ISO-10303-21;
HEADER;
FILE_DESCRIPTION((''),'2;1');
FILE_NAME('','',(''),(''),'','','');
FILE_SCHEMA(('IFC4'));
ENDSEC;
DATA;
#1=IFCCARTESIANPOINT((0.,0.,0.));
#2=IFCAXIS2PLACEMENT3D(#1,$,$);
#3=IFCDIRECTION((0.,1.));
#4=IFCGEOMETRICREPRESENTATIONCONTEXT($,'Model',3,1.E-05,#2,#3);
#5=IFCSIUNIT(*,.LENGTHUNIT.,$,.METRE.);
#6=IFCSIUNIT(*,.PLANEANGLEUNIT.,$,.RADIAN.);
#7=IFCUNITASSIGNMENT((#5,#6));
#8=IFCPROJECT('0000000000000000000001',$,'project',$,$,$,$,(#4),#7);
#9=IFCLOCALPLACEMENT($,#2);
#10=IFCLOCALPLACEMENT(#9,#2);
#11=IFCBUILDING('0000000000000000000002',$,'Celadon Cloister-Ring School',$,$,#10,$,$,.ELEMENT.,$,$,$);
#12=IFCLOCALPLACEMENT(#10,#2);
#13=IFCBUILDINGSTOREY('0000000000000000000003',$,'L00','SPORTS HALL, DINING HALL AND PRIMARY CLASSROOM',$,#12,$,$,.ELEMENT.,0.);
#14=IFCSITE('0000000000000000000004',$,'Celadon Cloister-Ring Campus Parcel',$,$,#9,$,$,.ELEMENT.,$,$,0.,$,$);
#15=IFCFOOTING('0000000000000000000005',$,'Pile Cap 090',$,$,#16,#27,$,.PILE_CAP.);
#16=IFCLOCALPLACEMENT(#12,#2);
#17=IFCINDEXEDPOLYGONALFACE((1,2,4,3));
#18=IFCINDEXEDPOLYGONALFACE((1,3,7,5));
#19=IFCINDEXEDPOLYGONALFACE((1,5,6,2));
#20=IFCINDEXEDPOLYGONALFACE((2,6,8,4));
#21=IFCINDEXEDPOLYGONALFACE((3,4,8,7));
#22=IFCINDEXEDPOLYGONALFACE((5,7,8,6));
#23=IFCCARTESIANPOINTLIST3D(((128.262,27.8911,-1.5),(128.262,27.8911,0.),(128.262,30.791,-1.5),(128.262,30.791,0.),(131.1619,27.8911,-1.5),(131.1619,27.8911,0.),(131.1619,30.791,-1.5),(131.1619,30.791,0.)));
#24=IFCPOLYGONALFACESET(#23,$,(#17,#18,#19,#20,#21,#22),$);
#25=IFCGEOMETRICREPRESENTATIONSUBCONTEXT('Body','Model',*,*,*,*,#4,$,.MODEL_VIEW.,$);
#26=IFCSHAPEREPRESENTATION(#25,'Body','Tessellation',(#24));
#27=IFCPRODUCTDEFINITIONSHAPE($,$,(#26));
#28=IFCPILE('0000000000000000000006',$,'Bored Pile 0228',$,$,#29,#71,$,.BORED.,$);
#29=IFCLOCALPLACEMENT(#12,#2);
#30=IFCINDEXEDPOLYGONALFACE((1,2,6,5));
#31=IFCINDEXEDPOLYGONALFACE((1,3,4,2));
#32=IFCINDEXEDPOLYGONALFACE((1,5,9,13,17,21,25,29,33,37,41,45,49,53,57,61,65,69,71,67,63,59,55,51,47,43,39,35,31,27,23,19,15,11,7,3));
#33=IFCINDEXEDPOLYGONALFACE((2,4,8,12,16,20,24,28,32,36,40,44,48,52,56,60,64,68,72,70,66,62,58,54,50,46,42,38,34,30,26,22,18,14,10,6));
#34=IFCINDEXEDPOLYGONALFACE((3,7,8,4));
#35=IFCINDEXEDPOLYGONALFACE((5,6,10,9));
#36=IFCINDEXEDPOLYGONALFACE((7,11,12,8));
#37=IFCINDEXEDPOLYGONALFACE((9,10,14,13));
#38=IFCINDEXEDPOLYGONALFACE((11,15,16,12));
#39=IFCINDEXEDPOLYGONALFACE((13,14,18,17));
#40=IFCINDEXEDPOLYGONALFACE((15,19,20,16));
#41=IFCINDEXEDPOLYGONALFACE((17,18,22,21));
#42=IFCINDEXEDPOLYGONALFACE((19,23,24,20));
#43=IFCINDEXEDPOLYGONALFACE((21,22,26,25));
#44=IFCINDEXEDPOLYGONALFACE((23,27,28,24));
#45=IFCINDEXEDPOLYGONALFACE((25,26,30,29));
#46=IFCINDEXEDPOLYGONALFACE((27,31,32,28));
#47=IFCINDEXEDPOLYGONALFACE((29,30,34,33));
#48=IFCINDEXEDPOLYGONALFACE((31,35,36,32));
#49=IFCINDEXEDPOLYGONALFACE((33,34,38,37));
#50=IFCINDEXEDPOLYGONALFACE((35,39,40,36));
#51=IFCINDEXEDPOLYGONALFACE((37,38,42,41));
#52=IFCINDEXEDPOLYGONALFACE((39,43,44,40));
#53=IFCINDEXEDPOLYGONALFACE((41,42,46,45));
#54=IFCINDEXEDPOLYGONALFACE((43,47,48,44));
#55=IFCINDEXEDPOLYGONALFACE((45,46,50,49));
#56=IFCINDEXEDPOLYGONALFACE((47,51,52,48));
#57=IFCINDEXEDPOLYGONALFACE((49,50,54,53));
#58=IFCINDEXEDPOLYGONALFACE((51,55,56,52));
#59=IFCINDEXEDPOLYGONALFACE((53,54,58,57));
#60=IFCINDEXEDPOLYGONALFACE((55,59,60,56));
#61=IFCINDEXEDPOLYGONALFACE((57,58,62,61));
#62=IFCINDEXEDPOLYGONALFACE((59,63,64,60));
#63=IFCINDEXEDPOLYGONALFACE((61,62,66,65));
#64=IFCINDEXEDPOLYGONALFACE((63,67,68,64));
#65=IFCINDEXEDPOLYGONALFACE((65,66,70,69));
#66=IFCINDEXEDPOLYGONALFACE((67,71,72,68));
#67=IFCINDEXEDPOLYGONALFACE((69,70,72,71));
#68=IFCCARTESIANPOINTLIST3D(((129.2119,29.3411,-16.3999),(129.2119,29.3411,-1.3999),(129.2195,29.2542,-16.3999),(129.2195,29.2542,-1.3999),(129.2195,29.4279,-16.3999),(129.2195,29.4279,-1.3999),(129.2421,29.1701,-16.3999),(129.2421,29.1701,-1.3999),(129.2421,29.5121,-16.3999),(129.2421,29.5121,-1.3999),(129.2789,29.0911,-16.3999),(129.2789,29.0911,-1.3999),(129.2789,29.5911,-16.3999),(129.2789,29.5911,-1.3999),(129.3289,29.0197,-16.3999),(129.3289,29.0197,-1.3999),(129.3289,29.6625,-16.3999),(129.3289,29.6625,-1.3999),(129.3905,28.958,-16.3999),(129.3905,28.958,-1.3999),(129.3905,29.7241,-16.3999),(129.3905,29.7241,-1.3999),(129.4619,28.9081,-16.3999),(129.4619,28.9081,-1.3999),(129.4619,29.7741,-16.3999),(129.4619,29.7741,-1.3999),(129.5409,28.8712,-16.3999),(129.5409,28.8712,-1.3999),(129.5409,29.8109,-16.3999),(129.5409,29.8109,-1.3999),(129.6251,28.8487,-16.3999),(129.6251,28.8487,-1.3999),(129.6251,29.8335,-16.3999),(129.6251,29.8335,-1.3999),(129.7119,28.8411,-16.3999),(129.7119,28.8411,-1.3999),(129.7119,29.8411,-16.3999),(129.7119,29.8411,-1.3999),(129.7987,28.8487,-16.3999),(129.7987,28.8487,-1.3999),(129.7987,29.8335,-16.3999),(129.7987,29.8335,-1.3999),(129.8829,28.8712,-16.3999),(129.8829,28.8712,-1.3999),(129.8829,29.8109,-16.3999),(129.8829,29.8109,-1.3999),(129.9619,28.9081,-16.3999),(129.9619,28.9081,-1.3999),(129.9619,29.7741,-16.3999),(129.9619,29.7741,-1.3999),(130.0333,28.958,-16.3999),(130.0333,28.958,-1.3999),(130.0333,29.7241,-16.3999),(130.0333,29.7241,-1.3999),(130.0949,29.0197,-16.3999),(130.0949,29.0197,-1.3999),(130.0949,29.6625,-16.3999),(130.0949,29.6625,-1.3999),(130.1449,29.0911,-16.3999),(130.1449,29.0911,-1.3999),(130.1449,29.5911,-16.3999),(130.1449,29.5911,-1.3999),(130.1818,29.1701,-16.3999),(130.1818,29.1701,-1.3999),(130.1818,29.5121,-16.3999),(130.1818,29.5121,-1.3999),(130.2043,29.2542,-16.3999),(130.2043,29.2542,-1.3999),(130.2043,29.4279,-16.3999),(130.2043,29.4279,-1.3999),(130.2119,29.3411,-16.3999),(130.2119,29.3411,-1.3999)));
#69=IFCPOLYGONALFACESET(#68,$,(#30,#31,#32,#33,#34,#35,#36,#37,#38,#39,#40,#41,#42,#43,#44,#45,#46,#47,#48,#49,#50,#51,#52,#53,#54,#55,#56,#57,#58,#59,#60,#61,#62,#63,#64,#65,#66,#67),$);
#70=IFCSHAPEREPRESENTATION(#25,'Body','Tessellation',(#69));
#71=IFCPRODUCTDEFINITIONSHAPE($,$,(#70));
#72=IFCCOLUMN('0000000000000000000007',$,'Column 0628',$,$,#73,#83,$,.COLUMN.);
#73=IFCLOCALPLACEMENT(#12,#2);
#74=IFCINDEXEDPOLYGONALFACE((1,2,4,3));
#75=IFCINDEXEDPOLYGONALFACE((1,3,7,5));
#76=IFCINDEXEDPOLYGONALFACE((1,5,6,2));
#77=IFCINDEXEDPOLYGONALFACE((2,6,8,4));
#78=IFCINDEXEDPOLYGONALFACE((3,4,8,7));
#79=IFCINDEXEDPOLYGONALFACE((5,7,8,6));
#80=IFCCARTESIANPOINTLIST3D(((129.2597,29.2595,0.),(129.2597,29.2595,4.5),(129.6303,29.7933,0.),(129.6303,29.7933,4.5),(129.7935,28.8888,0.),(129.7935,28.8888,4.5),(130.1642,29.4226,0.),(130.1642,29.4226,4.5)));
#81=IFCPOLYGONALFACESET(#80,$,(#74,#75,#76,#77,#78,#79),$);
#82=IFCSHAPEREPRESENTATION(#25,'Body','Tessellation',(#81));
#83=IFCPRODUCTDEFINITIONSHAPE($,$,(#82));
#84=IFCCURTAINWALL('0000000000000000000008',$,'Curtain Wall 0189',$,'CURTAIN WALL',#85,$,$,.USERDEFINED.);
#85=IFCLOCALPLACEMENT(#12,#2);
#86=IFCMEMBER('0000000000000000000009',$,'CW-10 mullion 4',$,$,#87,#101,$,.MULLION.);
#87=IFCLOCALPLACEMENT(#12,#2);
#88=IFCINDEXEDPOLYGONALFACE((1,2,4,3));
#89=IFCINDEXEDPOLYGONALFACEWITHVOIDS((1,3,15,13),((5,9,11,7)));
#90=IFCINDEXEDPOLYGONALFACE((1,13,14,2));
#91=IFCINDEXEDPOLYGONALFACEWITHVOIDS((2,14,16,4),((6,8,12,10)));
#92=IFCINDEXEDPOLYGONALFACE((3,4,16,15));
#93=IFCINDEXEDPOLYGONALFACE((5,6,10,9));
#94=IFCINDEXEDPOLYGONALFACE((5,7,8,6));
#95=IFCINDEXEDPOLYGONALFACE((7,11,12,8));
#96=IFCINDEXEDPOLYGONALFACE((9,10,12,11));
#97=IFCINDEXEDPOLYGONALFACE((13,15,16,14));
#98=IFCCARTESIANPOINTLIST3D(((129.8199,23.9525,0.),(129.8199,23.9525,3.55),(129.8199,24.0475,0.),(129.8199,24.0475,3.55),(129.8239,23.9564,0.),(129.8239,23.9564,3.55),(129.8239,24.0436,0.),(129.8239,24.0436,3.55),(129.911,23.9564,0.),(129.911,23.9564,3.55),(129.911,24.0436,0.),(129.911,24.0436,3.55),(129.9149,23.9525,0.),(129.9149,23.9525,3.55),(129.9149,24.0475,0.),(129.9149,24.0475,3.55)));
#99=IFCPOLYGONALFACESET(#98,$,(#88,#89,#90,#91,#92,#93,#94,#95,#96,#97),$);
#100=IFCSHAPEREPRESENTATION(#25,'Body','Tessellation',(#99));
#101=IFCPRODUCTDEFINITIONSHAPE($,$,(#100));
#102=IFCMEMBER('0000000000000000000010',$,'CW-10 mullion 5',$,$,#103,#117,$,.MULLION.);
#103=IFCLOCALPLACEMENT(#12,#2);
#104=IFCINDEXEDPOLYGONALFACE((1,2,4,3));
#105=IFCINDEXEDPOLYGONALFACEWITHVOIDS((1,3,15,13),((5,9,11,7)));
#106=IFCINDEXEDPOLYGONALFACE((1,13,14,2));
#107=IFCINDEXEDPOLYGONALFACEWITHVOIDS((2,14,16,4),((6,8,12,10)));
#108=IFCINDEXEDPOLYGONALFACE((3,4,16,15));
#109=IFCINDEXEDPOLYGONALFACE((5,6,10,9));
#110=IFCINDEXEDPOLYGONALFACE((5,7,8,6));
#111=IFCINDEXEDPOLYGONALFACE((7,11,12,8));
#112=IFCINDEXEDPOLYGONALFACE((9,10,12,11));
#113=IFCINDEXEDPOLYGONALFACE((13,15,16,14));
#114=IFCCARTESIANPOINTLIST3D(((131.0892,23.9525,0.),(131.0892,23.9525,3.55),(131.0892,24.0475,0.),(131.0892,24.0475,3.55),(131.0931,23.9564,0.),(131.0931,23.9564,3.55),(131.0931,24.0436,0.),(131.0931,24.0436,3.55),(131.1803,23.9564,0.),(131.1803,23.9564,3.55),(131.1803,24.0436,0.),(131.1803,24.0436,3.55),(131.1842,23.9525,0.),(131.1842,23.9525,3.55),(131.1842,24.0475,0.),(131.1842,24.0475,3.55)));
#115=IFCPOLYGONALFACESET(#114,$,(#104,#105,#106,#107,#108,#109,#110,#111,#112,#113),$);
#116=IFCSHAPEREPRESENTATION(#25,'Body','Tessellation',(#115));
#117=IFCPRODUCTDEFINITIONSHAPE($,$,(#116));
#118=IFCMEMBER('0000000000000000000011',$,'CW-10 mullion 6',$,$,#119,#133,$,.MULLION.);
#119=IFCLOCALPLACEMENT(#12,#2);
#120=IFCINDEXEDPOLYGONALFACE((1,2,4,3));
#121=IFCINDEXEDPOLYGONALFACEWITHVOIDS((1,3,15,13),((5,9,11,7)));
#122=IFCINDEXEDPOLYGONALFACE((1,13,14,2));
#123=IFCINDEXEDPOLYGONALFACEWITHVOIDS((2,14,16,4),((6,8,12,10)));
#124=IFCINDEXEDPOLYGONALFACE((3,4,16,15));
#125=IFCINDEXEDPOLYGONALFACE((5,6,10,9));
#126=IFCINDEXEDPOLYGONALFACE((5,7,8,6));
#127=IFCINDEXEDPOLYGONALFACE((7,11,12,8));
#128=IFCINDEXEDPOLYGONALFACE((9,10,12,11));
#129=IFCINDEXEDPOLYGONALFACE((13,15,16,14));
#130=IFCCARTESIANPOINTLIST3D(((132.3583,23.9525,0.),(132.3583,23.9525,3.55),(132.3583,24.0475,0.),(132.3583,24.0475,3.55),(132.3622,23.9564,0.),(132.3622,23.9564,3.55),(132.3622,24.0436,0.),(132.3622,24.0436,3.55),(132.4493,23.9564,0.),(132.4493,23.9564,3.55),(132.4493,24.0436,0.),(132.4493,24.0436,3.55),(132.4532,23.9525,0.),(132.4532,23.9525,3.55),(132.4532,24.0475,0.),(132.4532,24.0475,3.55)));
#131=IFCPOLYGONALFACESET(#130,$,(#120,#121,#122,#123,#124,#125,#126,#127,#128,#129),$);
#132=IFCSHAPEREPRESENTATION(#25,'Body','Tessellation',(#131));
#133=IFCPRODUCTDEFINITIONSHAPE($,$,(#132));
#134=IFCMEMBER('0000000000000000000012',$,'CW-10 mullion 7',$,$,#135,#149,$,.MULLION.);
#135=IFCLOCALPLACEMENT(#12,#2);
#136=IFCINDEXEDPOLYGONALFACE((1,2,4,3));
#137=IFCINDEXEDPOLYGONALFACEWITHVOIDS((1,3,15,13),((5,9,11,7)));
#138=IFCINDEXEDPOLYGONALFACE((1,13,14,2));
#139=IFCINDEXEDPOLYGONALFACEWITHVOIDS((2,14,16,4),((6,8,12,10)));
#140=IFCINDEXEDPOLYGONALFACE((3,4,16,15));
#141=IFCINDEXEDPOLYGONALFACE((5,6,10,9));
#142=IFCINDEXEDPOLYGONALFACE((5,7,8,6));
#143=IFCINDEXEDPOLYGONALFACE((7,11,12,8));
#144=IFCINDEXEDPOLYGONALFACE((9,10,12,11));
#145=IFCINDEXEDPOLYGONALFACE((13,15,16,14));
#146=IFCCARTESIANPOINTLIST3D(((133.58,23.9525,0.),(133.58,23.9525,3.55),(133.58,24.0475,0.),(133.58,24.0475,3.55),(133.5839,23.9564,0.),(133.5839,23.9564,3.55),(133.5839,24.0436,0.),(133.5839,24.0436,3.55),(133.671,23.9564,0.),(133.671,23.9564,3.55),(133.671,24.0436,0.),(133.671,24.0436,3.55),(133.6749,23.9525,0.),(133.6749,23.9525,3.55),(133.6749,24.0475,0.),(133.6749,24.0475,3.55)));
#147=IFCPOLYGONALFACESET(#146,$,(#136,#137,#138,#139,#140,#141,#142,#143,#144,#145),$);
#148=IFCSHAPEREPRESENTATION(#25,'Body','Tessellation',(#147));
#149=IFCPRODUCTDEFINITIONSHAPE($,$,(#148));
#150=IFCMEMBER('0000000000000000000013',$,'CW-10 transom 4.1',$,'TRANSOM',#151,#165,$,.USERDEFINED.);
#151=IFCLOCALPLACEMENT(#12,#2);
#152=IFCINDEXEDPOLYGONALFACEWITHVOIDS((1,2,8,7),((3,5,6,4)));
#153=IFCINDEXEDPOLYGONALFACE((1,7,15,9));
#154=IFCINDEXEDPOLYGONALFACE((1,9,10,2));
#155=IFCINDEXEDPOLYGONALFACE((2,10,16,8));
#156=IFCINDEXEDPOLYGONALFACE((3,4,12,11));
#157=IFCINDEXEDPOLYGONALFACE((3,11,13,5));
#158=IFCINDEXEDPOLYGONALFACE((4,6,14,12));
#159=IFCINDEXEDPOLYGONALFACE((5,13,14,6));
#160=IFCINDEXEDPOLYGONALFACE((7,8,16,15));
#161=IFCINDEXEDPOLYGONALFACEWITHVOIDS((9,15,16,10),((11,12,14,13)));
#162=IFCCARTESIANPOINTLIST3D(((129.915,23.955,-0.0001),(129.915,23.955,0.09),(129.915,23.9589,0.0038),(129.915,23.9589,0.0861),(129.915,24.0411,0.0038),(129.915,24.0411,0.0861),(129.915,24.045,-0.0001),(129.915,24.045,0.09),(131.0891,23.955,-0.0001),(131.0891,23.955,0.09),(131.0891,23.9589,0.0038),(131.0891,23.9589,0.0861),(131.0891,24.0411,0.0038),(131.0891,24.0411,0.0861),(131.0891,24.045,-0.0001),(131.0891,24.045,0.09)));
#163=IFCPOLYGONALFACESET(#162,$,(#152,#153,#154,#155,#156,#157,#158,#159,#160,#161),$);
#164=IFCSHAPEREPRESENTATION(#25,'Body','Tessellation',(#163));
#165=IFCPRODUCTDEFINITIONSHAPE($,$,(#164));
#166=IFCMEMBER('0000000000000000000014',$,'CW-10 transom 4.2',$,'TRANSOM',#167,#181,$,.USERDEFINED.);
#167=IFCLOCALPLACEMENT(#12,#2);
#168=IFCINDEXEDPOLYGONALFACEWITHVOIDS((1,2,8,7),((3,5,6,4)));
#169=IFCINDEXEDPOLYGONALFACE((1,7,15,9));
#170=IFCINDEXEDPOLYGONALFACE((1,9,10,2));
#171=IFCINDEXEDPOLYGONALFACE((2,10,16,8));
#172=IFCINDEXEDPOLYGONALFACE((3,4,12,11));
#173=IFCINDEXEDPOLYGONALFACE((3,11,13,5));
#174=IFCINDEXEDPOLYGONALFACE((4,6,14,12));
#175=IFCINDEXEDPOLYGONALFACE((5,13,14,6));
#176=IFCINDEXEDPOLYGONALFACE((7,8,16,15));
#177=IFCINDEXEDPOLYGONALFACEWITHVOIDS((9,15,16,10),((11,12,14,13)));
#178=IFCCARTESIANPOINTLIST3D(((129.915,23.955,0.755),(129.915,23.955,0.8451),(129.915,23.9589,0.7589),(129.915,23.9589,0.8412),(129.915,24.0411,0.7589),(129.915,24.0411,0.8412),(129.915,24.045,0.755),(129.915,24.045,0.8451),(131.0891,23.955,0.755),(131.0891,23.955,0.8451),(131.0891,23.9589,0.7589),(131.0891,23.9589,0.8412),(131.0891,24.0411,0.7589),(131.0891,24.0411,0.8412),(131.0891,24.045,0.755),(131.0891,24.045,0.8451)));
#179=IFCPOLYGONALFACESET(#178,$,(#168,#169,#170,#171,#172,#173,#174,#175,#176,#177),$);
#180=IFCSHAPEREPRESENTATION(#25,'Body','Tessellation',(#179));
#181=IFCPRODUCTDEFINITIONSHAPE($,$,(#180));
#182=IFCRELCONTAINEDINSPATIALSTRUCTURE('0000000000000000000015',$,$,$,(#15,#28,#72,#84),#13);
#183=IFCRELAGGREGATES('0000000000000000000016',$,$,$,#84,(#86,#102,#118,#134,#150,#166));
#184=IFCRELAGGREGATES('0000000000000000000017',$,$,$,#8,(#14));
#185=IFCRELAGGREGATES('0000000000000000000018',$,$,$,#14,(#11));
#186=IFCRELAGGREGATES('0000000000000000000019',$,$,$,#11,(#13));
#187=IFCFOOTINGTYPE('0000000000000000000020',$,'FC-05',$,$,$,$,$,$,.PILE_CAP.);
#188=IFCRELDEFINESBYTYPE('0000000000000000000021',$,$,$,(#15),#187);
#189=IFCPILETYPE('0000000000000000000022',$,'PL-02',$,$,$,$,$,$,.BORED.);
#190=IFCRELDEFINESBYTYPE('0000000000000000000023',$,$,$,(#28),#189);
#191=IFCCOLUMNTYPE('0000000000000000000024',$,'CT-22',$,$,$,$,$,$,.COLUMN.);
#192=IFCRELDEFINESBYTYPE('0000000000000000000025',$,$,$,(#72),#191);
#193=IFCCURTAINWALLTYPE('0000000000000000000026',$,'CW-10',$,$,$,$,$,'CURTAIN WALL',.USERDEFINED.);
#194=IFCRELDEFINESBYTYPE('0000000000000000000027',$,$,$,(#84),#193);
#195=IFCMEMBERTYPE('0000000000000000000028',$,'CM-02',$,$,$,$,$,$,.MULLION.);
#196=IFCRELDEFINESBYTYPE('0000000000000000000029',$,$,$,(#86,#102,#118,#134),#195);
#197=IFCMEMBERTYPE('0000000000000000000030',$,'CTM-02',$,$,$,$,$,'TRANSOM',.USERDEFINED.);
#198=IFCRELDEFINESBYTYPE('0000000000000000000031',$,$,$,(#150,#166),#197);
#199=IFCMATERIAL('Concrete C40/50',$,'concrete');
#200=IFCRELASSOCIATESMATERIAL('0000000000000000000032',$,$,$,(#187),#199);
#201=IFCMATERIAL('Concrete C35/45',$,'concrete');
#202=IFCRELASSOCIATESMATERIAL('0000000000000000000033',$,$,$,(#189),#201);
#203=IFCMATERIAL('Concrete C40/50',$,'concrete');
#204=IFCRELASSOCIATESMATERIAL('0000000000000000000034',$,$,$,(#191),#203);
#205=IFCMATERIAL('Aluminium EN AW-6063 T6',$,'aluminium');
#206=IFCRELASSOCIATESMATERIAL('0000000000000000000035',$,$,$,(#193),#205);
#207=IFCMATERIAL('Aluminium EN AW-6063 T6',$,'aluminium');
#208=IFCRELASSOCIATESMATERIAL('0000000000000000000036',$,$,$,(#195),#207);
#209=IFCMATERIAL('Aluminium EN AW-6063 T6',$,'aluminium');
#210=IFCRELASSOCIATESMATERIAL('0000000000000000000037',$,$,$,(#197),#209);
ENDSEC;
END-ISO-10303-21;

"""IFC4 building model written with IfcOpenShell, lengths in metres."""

from ifc_helpers import new_model, si_unit, direction, frame, origin, origin_2d, place, context, subcontext, project, spatial, rectangle, hollow_rectangle, circle, extrude, material, material_profile, profile_set, type_object, element, aggregate, save


model = new_model("IFC4")

# Units and contexts
model_context = context("Model", 3, precision=1e-05, world=origin(), true_north=direction((0.0, 1.0)))
body_context = subcontext(model_context, "Body", "Model", "MODEL_VIEW")
ifc_project = project(units=[si_unit("LENGTHUNIT", "METRE"), si_unit("PLANEANGLEUNIT", "RADIAN")], contexts=[model_context])

# Site, building, storey
site_placement = place(None, origin())
site = spatial("IfcSite", under=ifc_project, at=site_placement, Name="Celadon Cloister-Ring Campus Parcel", CompositionType="ELEMENT", RefElevation=0.0)
building_placement = place(site_placement, origin())
building = spatial("IfcBuilding", under=site, at=building_placement, Name="Celadon Cloister-Ring School", CompositionType="ELEMENT")
storey_placement = place(building_placement, origin())
storey = spatial("IfcBuildingStorey", under=building, at=storey_placement, Name="L00", Description="SPORTS HALL, DINING HALL AND PRIMARY CLASSROOM", CompositionType="ELEMENT", Elevation=0.0)

# Footing
ifc_material_1 = material(Name="Concrete C40/50", Category="concrete")
footing_type = type_object("IfcFootingType", Name="FC-05", PredefinedType="PILE_CAP", material=ifc_material_1)
footing_placement = place(storey_placement, frame((129.7119, 29.3411, -1.5), z_axis=(0.0, 0.0, 1.0), x_axis=(1.0, 0.0, 0.0)))
element("IfcFooting", 1, at=footing_placement, inside=storey, type_object=footing_type, Name="Pile Cap 090", PredefinedType="PILE_CAP", context=body_context, shape_type="SweptSolid", body=[
    extrude(rectangle(XDim=2.8999, YDim=2.8999, at=origin_2d()), origin(), (0.0, 0.0, 1.0), 1.5),
])

# Pile
ifc_material_2 = material(Name="Concrete C35/45", Category="concrete")
ifc_material_profile_1 = material_profile(ifc_material_2, circle(Radius=0.5, at=origin_2d()), Name="PILE1000")
ifc_profile_set_1 = profile_set([ifc_material_profile_1], Name="Concrete C35/45")
pile_type = type_object("IfcPileType", Name="PL-02", PredefinedType="BORED", material=ifc_profile_set_1)
pile_placement = place(storey_placement, frame((129.7119, 29.3411, -1.3999), z_axis=(0.0, 0.0, -1.0), x_axis=(1.0, 0.0, 0.0)))
element("IfcPile", 2, at=pile_placement, inside=storey, type_object=pile_type, Name="Bored Pile 0228", PredefinedType="BORED", context=body_context, shape_type="SweptSolid", body=[
    extrude(circle(Radius=0.5, at=origin_2d()), origin(), (0.0, 0.0, 1.0), 15.0),
])

# Column
ifc_material_3 = material(Name="Concrete C40/50", Category="concrete")
ifc_material_profile_2 = material_profile(ifc_material_3, rectangle(XDim=0.6499, YDim=0.6499, at=origin_2d()), Name="RC650X650")
ifc_profile_set_2 = profile_set([ifc_material_profile_2], Name="Concrete C40/50")
column_type = type_object("IfcColumnType", Name="CT-22", PredefinedType="COLUMN", material=ifc_profile_set_2)
column_placement = place(storey_placement, frame((129.7119, 29.3411, 0.0), z_axis=(0.0, 0.0, 1.0), x_axis=(0.821388, -0.57037, 0.0)))
element("IfcColumn", 3, at=column_placement, inside=storey, type_object=column_type, Name="Column 0628", PredefinedType="COLUMN", context=body_context, shape_type="SweptSolid", body=[
    extrude(rectangle(XDim=0.6499, YDim=0.6499, at=origin_2d()), origin(), (0.0, 0.0, 1.0), 4.5),
])

# Curtain wall, members
ifc_material_4 = material(Name="Aluminium EN AW-6063 T6", Category="aluminium")
curtain_wall_type = type_object("IfcCurtainWallType", Name="CW-10", ElementType="CURTAIN WALL", PredefinedType="USERDEFINED", material=ifc_material_4)
curtain_wall_placement = place(storey_placement, origin())
curtain_wall = element("IfcCurtainWall", 4, at=curtain_wall_placement, inside=storey, type_object=curtain_wall_type, Name="Curtain Wall 0189", ObjectType="CURTAIN WALL", PredefinedType="USERDEFINED")
ifc_material_5 = material(Name="Aluminium EN AW-6063 T6", Category="aluminium")
ifc_material_profile_3 = material_profile(ifc_material_5, hollow_rectangle(XDim=0.095, YDim=0.095, WallThickness=0.0039, at=origin_2d()), Name="RHS95X95X4")
ifc_profile_set_3 = profile_set([ifc_material_profile_3], Name="Aluminium EN AW-6063 T6")
member_type_1 = type_object("IfcMemberType", Name="CM-02", PredefinedType="MULLION", material=ifc_profile_set_3)
member_1_placement = place(storey_placement, frame((129.8674, 24.0, 0.0), z_axis=(0.0, 0.0, 1.0), x_axis=(0.0, 1.0, 0.0)))
member_1 = element("IfcMember", 5, at=member_1_placement, type_object=member_type_1, Name="CW-10 mullion 4", PredefinedType="MULLION", context=body_context, shape_type="SweptSolid", body=[
    extrude(hollow_rectangle(XDim=0.095, YDim=0.095, WallThickness=0.0039, at=origin_2d()), origin(), (0.0, 0.0, 1.0), 3.55),
])
member_2_placement = place(storey_placement, frame((131.1367, 24.0, 0.0), z_axis=(0.0, 0.0, 1.0), x_axis=(0.0, 1.0, 0.0)))
member_2 = element("IfcMember", 6, at=member_2_placement, type_object=member_type_1, Name="CW-10 mullion 5", PredefinedType="MULLION", context=body_context, shape_type="SweptSolid", body=[
    extrude(hollow_rectangle(XDim=0.095, YDim=0.095, WallThickness=0.0039, at=origin_2d()), origin(), (0.0, 0.0, 1.0), 3.55),
])
member_3_placement = place(storey_placement, frame((132.4058, 24.0, 0.0), z_axis=(0.0, 0.0, 1.0), x_axis=(0.0, 1.0, 0.0)))
member_3 = element("IfcMember", 7, at=member_3_placement, type_object=member_type_1, Name="CW-10 mullion 6", PredefinedType="MULLION", context=body_context, shape_type="SweptSolid", body=[
    extrude(hollow_rectangle(XDim=0.095, YDim=0.095, WallThickness=0.0039, at=origin_2d()), origin(), (0.0, 0.0, 1.0), 3.55),
])
member_4_placement = place(storey_placement, frame((133.6274, 24.0, 0.0), z_axis=(0.0, 0.0, 1.0), x_axis=(0.0, 1.0, 0.0)))
member_4 = element("IfcMember", 8, at=member_4_placement, type_object=member_type_1, Name="CW-10 mullion 7", PredefinedType="MULLION", context=body_context, shape_type="SweptSolid", body=[
    extrude(hollow_rectangle(XDim=0.095, YDim=0.095, WallThickness=0.0039, at=origin_2d()), origin(), (0.0, 0.0, 1.0), 3.55),
])
ifc_material_6 = material(Name="Aluminium EN AW-6063 T6", Category="aluminium")
ifc_material_profile_4 = material_profile(ifc_material_6, hollow_rectangle(XDim=0.0901, YDim=0.0901, WallThickness=0.0039, at=origin_2d()), Name="RHS90X90X4")
ifc_profile_set_4 = profile_set([ifc_material_profile_4], Name="Aluminium EN AW-6063 T6")
member_type_2 = type_object("IfcMemberType", Name="CTM-02", ElementType="TRANSOM", PredefinedType="USERDEFINED", material=ifc_profile_set_4)
member_5_placement = place(storey_placement, frame((129.915, 24.0, 0.0449), z_axis=(1.0, 0.0, 0.0), x_axis=(0.0, 1.0, 0.0)))
member_5 = element("IfcMember", 9, at=member_5_placement, type_object=member_type_2, Name="CW-10 transom 4.1", ObjectType="TRANSOM", PredefinedType="USERDEFINED", context=body_context, shape_type="SweptSolid", body=[
    extrude(hollow_rectangle(XDim=0.0901, YDim=0.0901, WallThickness=0.0039, at=origin_2d()), origin(), (0.0, 0.0, 1.0), 1.1741),
])
member_6_placement = place(storey_placement, frame((129.915, 24.0, 0.8), z_axis=(1.0, 0.0, 0.0), x_axis=(0.0, 1.0, 0.0)))
member_6 = element("IfcMember", 10, at=member_6_placement, type_object=member_type_2, Name="CW-10 transom 4.2", ObjectType="TRANSOM", PredefinedType="USERDEFINED", context=body_context, shape_type="SweptSolid", body=[
    extrude(hollow_rectangle(XDim=0.0901, YDim=0.0901, WallThickness=0.0039, at=origin_2d()), origin(), (0.0, 0.0, 1.0), 1.1741),
])

aggregate(curtain_wall, [member_1, member_2, member_3, member_4, member_5, member_6])

save(model, "model.ifc")
